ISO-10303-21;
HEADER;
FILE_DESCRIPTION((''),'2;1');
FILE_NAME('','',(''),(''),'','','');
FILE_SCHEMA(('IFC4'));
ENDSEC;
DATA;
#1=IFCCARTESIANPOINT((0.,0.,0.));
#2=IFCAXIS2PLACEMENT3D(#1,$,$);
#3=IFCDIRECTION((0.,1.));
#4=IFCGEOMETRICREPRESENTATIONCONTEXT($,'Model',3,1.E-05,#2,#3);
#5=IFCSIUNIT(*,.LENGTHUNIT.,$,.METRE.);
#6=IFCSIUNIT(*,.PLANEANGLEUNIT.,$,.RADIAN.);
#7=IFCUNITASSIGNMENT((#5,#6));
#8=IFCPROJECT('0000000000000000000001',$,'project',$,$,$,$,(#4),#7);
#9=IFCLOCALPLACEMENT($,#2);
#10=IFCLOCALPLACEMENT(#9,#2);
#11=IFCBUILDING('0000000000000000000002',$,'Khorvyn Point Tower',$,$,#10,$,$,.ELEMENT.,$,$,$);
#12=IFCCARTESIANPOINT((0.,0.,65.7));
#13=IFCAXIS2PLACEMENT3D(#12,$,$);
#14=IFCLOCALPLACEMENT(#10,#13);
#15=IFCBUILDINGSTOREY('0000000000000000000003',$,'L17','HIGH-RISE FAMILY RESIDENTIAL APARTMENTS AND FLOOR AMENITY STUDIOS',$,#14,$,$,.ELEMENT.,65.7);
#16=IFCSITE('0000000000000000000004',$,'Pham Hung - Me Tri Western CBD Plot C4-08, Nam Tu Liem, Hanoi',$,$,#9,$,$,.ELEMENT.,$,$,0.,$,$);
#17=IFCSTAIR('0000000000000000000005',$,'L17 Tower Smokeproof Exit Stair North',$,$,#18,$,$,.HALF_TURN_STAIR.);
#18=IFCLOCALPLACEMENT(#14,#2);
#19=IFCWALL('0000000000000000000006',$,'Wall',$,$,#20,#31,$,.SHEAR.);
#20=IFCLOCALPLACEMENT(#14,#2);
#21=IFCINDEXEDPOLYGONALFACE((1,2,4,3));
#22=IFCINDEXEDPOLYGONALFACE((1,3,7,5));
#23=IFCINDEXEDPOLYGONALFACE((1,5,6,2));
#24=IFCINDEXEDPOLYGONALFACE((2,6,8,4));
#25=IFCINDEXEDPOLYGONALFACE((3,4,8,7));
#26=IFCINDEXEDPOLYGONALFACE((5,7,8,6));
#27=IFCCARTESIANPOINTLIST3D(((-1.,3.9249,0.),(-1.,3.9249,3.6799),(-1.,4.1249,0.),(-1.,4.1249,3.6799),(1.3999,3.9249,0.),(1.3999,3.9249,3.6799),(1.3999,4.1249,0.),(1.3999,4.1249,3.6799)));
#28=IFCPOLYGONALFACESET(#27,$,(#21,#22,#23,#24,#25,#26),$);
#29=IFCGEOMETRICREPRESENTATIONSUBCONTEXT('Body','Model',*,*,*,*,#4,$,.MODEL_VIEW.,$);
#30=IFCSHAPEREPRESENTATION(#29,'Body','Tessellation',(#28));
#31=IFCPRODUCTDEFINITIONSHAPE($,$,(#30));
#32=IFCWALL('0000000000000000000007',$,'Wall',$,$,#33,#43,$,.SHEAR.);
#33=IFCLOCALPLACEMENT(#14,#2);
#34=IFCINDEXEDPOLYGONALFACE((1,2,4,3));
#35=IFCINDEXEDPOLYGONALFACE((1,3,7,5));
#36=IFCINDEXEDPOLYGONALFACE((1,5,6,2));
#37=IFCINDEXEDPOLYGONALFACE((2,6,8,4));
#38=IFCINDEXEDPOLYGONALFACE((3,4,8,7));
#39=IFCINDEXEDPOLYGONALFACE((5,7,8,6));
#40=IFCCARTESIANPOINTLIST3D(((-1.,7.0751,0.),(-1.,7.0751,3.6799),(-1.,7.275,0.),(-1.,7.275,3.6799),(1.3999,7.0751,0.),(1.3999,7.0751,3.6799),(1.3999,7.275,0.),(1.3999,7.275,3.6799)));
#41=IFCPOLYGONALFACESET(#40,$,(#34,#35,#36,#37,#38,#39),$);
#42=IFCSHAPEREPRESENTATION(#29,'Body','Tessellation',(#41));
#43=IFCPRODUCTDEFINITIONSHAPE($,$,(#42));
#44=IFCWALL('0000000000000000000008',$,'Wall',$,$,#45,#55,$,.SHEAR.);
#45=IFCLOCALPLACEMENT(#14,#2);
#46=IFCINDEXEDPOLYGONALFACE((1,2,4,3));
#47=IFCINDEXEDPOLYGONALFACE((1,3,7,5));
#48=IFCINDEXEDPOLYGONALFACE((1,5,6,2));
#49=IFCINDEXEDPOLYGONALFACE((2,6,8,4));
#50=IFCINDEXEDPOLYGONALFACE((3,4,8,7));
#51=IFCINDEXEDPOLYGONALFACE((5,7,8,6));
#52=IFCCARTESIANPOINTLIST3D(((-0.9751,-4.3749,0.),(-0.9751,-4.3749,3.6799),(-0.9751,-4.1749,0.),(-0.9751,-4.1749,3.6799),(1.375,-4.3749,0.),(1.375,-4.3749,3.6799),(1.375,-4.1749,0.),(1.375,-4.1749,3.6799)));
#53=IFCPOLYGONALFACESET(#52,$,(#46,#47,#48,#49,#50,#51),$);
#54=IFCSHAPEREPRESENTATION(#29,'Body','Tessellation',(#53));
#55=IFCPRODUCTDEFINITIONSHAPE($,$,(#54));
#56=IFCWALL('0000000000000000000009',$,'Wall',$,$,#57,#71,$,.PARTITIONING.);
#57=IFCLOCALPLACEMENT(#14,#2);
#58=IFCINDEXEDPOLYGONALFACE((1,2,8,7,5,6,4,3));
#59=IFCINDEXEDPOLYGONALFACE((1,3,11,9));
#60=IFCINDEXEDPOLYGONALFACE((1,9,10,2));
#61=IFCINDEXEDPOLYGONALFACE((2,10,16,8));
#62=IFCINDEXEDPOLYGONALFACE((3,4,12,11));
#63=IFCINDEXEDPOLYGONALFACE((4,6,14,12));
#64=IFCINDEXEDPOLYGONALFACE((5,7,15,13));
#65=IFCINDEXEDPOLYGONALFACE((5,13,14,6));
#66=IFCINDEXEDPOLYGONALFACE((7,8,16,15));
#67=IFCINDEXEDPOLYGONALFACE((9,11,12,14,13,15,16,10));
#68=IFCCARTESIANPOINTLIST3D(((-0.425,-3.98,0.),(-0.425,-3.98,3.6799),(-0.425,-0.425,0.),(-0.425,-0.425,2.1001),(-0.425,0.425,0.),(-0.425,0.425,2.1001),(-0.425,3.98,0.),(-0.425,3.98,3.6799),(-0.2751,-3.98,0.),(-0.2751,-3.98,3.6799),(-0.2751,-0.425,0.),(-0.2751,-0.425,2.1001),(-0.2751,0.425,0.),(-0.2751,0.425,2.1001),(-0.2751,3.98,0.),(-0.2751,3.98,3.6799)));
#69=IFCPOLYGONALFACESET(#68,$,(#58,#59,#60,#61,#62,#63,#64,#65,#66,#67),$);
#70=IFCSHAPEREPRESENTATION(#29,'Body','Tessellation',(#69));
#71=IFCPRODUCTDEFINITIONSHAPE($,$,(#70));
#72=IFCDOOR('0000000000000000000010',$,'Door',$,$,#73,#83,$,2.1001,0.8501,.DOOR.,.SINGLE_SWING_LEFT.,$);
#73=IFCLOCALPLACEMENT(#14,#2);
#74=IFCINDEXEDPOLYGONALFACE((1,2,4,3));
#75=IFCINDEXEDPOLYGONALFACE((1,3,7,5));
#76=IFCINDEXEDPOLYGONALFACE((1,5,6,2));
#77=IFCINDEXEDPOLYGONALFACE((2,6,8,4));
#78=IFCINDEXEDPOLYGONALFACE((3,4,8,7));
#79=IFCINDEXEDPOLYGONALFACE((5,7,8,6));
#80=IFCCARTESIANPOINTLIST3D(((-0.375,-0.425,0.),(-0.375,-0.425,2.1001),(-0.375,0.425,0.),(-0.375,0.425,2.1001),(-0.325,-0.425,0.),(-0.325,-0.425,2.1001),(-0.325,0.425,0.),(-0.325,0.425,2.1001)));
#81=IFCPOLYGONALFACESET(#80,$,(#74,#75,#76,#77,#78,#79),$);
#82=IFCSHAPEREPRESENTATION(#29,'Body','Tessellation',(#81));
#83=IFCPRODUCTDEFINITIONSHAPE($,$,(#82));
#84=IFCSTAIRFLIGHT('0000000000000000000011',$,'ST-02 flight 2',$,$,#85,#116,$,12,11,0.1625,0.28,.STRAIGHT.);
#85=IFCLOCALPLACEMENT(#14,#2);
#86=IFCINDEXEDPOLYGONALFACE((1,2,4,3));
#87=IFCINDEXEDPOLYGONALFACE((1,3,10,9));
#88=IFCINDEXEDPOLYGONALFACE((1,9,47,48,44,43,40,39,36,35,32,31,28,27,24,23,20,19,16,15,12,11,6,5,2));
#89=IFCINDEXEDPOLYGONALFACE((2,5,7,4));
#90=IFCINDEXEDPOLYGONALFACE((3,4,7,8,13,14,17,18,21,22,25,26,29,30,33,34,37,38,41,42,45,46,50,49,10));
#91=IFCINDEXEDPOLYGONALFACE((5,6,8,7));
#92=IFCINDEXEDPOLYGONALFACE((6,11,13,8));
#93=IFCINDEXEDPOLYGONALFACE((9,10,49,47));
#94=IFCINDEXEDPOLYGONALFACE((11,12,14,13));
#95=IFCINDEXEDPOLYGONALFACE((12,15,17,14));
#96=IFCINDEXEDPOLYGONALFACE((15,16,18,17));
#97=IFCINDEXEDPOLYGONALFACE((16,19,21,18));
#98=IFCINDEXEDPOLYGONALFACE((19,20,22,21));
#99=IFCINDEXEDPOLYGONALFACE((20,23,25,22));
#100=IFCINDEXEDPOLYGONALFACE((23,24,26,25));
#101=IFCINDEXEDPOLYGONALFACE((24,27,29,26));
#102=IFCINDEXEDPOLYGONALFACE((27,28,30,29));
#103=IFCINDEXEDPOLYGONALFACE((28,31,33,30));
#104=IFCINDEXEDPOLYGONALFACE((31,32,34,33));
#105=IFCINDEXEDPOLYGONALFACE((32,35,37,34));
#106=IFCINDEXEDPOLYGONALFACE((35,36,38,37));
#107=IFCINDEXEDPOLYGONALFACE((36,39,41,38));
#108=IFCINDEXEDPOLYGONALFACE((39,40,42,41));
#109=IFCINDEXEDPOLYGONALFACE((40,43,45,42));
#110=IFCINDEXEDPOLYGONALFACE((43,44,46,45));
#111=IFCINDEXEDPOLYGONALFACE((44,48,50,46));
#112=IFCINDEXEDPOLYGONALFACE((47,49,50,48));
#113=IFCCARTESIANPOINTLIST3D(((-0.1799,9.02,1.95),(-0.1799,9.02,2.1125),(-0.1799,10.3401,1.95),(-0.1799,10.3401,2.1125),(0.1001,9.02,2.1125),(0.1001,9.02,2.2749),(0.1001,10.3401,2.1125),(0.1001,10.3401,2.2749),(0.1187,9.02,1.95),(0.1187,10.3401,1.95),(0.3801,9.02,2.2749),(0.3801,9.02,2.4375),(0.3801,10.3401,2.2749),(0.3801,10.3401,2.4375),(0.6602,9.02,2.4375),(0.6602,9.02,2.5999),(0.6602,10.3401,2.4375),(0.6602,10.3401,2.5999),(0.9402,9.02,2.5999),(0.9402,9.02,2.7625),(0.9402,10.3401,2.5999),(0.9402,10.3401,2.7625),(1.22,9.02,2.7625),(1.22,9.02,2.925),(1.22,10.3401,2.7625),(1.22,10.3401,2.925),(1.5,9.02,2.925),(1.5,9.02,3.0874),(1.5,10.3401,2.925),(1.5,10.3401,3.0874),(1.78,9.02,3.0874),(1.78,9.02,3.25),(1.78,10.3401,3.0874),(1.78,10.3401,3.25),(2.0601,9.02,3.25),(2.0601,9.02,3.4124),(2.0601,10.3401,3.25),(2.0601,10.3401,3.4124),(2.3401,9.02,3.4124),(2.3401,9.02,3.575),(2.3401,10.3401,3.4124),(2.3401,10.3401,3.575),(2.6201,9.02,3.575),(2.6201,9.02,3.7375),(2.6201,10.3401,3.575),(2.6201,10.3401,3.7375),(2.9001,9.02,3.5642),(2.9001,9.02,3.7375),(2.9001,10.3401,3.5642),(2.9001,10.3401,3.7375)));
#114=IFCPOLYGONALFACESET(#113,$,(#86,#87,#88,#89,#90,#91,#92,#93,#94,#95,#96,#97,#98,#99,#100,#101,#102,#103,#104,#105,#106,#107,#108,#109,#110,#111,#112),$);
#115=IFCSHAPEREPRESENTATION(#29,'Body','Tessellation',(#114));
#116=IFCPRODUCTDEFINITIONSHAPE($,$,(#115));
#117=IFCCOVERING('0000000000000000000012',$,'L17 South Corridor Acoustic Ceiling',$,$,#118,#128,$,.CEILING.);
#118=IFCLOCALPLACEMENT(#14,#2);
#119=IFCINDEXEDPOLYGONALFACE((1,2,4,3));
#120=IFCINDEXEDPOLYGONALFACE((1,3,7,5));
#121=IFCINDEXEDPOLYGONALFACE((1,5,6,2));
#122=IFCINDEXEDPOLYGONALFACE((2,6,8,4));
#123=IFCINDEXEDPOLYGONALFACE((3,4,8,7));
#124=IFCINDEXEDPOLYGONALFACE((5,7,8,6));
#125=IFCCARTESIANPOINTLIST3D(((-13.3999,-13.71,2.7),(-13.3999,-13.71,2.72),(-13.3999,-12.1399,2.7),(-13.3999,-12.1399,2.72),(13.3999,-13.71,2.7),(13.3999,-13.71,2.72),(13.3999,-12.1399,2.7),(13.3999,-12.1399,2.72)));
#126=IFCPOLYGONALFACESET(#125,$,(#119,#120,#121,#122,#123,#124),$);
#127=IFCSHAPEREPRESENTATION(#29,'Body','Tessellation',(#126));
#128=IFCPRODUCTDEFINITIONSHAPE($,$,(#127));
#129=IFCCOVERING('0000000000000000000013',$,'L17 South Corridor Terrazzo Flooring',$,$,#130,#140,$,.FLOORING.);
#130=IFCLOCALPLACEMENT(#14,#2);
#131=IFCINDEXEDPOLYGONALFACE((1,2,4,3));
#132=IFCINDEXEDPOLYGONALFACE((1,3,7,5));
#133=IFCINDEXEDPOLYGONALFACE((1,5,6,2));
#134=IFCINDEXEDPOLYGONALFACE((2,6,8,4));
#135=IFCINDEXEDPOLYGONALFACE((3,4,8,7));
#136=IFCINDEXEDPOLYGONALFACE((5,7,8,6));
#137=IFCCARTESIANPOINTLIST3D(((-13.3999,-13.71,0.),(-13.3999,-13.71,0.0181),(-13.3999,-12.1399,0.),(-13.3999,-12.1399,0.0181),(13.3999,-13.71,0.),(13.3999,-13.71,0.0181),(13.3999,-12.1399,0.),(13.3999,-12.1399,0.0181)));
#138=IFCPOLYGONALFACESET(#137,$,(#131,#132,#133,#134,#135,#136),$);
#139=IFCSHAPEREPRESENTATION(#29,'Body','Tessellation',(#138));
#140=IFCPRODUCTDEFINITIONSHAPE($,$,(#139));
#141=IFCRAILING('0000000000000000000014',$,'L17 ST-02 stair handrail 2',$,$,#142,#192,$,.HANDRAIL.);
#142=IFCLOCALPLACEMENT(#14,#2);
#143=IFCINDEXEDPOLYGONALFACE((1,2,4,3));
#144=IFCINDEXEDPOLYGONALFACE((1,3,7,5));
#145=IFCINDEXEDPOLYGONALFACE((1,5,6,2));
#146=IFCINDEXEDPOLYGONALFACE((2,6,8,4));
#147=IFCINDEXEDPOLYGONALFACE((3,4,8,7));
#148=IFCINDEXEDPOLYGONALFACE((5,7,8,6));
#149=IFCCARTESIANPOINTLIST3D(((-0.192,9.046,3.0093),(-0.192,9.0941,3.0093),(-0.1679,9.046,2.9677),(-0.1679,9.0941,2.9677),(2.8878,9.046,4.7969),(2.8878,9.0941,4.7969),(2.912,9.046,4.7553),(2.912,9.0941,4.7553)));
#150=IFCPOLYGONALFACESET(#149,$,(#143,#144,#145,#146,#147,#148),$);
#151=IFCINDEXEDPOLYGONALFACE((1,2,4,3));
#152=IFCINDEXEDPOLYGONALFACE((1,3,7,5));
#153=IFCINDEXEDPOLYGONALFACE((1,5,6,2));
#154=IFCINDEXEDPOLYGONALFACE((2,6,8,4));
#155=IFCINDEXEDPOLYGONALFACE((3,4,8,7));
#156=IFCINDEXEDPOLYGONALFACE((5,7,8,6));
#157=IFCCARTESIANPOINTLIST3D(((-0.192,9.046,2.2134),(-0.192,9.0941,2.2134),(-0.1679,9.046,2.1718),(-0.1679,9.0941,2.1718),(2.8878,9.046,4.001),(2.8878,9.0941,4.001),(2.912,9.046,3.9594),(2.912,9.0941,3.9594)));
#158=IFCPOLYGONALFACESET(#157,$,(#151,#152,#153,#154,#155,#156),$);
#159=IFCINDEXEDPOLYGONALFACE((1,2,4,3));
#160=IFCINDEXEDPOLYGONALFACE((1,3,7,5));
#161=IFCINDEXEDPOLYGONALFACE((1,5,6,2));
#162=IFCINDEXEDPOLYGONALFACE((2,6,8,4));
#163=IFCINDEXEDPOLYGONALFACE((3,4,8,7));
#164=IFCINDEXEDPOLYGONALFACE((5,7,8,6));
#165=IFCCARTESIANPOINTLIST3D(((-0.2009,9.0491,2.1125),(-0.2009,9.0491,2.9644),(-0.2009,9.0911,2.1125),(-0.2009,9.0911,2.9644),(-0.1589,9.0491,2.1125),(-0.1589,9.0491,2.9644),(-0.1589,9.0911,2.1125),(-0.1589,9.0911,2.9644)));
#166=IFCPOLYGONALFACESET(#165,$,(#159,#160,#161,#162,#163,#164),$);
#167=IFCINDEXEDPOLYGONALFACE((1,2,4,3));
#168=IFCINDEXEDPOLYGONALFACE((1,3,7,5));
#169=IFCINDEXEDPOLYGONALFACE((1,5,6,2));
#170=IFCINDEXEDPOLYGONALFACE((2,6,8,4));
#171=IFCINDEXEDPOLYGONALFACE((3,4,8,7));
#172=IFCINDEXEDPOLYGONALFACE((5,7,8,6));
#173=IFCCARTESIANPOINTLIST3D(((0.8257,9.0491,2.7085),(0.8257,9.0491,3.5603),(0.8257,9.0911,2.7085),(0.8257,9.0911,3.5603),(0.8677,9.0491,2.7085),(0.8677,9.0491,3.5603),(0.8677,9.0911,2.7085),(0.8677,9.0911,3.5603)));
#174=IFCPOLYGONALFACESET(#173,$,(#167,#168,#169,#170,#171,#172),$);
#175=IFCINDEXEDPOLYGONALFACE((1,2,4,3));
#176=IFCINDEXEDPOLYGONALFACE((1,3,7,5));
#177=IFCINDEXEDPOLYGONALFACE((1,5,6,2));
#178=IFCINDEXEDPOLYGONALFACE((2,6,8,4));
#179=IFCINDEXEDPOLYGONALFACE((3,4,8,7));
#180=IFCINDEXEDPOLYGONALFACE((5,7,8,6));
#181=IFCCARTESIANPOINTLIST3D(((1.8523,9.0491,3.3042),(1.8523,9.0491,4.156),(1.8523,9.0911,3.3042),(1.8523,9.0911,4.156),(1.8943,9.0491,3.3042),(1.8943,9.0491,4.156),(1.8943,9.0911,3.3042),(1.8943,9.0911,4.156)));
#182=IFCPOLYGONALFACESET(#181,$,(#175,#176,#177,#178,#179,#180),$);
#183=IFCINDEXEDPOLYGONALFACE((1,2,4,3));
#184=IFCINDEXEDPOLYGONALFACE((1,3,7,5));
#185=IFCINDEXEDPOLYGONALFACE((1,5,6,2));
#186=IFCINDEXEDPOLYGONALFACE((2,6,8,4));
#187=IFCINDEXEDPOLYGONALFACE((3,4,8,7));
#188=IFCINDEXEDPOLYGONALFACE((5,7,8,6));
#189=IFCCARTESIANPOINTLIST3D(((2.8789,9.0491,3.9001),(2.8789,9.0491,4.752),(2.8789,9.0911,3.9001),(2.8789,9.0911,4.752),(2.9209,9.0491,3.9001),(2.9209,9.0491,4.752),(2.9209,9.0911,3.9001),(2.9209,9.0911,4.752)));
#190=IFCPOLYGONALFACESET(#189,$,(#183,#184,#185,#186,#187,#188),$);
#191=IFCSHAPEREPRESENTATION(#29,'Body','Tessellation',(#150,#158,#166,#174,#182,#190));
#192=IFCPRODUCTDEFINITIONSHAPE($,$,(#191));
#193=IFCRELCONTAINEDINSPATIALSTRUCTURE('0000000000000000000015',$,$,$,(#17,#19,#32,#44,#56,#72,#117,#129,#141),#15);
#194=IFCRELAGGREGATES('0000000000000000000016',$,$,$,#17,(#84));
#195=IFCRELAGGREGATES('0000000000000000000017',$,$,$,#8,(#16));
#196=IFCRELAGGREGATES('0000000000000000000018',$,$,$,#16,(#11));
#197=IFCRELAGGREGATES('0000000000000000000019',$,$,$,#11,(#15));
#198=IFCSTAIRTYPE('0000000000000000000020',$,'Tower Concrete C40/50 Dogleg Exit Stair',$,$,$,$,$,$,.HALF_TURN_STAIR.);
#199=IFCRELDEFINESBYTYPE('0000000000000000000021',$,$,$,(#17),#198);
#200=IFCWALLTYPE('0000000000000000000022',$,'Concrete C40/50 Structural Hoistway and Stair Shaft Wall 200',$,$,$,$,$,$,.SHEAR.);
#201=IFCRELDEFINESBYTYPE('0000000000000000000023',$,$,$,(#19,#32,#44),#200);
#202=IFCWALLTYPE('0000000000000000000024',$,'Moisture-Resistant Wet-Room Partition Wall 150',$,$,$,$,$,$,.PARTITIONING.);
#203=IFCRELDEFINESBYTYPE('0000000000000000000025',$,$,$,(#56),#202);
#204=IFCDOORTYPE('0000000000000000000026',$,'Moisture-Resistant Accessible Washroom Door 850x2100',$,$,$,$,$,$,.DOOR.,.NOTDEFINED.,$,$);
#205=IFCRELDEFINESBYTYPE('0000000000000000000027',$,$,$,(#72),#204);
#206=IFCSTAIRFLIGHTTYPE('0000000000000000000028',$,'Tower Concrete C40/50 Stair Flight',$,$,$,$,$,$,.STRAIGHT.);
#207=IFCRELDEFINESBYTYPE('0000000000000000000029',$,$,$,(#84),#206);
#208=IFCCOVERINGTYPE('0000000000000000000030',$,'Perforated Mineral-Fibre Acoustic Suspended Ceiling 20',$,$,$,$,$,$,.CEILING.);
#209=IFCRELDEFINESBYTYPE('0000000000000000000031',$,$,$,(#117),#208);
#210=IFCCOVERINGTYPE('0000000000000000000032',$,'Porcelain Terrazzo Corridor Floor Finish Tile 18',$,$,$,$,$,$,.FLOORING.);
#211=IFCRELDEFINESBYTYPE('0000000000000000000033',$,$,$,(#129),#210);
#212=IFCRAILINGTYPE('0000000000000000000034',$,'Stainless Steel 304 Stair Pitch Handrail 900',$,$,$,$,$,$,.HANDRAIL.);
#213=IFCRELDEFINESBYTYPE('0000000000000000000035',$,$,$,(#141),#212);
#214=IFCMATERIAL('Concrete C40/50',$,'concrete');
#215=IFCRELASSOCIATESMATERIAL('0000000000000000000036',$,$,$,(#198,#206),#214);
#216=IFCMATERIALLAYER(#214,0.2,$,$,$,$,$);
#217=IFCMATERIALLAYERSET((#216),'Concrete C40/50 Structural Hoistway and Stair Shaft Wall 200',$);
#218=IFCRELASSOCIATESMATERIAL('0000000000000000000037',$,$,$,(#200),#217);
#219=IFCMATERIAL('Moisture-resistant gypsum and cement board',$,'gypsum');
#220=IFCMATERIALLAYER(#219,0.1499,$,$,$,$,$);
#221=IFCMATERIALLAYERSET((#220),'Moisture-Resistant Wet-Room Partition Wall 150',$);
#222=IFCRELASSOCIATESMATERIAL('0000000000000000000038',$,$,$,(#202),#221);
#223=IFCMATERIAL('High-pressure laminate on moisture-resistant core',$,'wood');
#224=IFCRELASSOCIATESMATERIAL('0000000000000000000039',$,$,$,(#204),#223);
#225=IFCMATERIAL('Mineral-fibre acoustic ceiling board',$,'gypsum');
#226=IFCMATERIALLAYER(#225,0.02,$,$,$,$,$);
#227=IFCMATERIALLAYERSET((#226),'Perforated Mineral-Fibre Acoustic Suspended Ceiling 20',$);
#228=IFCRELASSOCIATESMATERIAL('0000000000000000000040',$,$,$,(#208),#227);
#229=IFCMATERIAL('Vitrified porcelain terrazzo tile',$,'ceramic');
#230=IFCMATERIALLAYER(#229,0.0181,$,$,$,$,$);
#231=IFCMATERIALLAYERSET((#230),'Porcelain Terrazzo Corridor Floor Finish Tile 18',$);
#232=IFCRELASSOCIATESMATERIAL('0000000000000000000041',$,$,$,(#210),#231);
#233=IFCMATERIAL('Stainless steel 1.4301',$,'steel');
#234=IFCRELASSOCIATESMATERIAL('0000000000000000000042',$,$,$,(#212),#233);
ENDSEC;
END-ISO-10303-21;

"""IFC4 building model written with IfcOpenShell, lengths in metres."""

from ifc_helpers import new_model, si_unit, direction, frame, frame_2d, origin, origin_2d, place, context, subcontext, project, spatial, polyline, rectangle, outline, extrude, material, layer, layer_set, type_object, element, fill, aggregate, save


model = new_model("IFC4")

# Units and contexts
model_context = context("Model", 3, precision=1e-05, world=origin(), true_north=direction((0.0, 1.0)))
body_context = subcontext(model_context, "Body", "Model", "MODEL_VIEW")
ifc_project = project(units=[si_unit("LENGTHUNIT", "METRE"), si_unit("PLANEANGLEUNIT", "RADIAN")], contexts=[model_context])

# Site, building, storey
site_placement = place(None, origin())
site = spatial("IfcSite", under=ifc_project, at=site_placement, Name="Pham Hung - Me Tri Western CBD Plot C4-08, Nam Tu Liem, Hanoi", CompositionType="ELEMENT", RefElevation=0.0)
building_placement = place(site_placement, origin())
building = spatial("IfcBuilding", under=site, at=building_placement, Name="Khorvyn Point Tower", CompositionType="ELEMENT")
storey_placement = place(building_placement, frame((0.0, 0.0, 65.7)))
storey = spatial("IfcBuildingStorey", under=building, at=storey_placement, Name="L17", Description="HIGH-RISE FAMILY RESIDENTIAL APARTMENTS AND FLOOR AMENITY STUDIOS", CompositionType="ELEMENT", Elevation=65.7)

# Shared definitions
ifc_material_1 = material(Name="Concrete C40/50", Category="concrete")

# Stair
stair_type = type_object("IfcStairType", Name="Tower Concrete C40/50 Dogleg Exit Stair", PredefinedType="HALF_TURN_STAIR", material=ifc_material_1)
stair_1_placement = place(storey_placement, origin())
stair_1 = element("IfcStair", 1, at=stair_1_placement, inside=storey, type_object=stair_type, Name="L17 Tower Smokeproof Exit Stair North", PredefinedType="HALF_TURN_STAIR")

# Shared definitions
ifc_layer_1 = layer(ifc_material_1, 0.2)
ifc_layer_set_1 = layer_set([ifc_layer_1], Name="Concrete C40/50 Structural Hoistway and Stair Shaft Wall 200")
wall_type_1 = type_object("IfcWallType", Name="Concrete C40/50 Structural Hoistway and Stair Shaft Wall 200", PredefinedType="SHEAR", material=ifc_layer_set_1)

# Shared definitions
ifc_material_2 = material(Name="Stainless steel 1.4301", Category="steel")

# Walls
for number, where, z_axis, x_axis, name in (
    (2, (-1.0, 4.0249, 0.0), (0.0, 0.0, 1.0), (1.0, 0.0, 0.0), "Wall"),
    (3, (-1.0, 7.175, 0.0), (0.0, 0.0, 1.0), (1.0, 0.0, 0.0), "Wall"),
):
    element("IfcWall", number, at=place(storey_placement, frame(where, z_axis=z_axis, x_axis=x_axis)), inside=storey, type_object=wall_type_1, Name=name, PredefinedType="SHEAR", context=body_context, shape_type="SweptSolid", body=[
        extrude(rectangle(XDim=2.3999, YDim=0.2, at=frame_2d((1.2, 0.0))), origin(), (0.0, 0.0, 1.0), 3.6799),
    ])
wall_1_placement = place(storey_placement, frame((-0.9751, -4.2749, 0.0), z_axis=(0.0, 0.0, 1.0), x_axis=(1.0, 0.0, 0.0)))
element("IfcWall", 4, at=wall_1_placement, inside=storey, type_object=wall_type_1, Name="Wall", PredefinedType="SHEAR", context=body_context, shape_type="SweptSolid", body=[
    extrude(rectangle(XDim=2.3501, YDim=0.2, at=frame_2d((1.175, 0.0))), origin(), (0.0, 0.0, 1.0), 3.6799),
])

# Wall, opening, door
ifc_material_3 = material(Name="Moisture-resistant gypsum and cement board", Category="gypsum")
ifc_layer_2 = layer(ifc_material_3, 0.1499)
ifc_layer_set_2 = layer_set([ifc_layer_2], Name="Moisture-Resistant Wet-Room Partition Wall 150")
wall_type_2 = type_object("IfcWallType", Name="Moisture-Resistant Wet-Room Partition Wall 150", PredefinedType="PARTITIONING", material=ifc_layer_set_2)
wall_2_placement = place(storey_placement, frame((-0.3501, -3.98, 0.0), z_axis=(0.0, 0.0, 1.0), x_axis=(0.0, 1.0, 0.0)))
wall_2 = element("IfcWall", 5, at=wall_2_placement, inside=storey, type_object=wall_type_2, Name="Wall", PredefinedType="PARTITIONING", context=body_context, shape_type="SweptSolid", body=[
    extrude(rectangle(XDim=7.96, YDim=0.1499, at=frame_2d((3.98, 0.0))), origin(), (0.0, 0.0, 1.0), 3.6799),
])
opening_1_placement = place(wall_2_placement, frame((3.5549, 0.0, 0.0)))
opening_1 = element("IfcOpeningElement", 6, at=opening_1_placement, cuts=wall_2, PredefinedType="OPENING", context=body_context, shape_type="SweptSolid", body=[
    extrude(rectangle(XDim=0.8501, YDim=2.1001, at=frame_2d((0.425, 1.05))), frame((0.0, 0.085, 0.0), z_axis=(0.0, -1.0, 0.0), x_axis=(1.0, 0.0, 0.0)), (0.0, 0.0, 1.0), 0.1699),
])
ifc_material_4 = material(Name="High-pressure laminate on moisture-resistant core", Category="wood")
door_type_1 = type_object("IfcDoorType", Name="Moisture-Resistant Accessible Washroom Door 850x2100", OperationType="NOTDEFINED", PredefinedType="DOOR", material=ifc_material_4)
door_1_placement = place(opening_1_placement, origin())
door_1 = element("IfcDoor", 7, at=door_1_placement, inside=storey, type_object=door_type_1, Name="Door", OperationType="SINGLE_SWING_LEFT", OverallHeight=2.1001, OverallWidth=0.8501, PredefinedType="DOOR", context=body_context, shape_type="SweptSolid", body=[
    extrude(rectangle(XDim=0.8501, YDim=2.1001, at=frame_2d((0.425, 1.05))), frame((0.0, 0.0249, 0.0), z_axis=(0.0, -1.0, 0.0), x_axis=(1.0, 0.0, 0.0)), (0.0, 0.0, 1.0), 0.05),
])
fill(opening_1, door_1)

# Stair flight
stair_flight_type = type_object("IfcStairFlightType", Name="Tower Concrete C40/50 Stair Flight", PredefinedType="STRAIGHT", material=ifc_material_1)
stair_flight_placement = place(storey_placement, frame((-0.1799, 9.6799, 1.95), z_axis=(0.0, 0.0, 1.0), x_axis=(1.0, 0.0, 0.0)))
stair_flight = element("IfcStairFlight", 8, at=stair_flight_placement, type_object=stair_flight_type, Name="ST-02 flight 2", NumberOfRisers=12, NumberOfTreads=11, PredefinedType="STRAIGHT", RiserHeight=0.1625, TreadLength=0.28, context=body_context, shape_type="SweptSolid", body=[
    extrude(outline(polyline([(0.0, 0.0), (0.0, 0.1626), (0.28, 0.1626), (0.28, 0.325), (0.5601, 0.325), (0.5601, 0.4875), (0.8401, 0.4875), (0.8401, 0.6499), (1.1201, 0.6499), (1.1201, 0.8125), (1.3999, 0.8125), (1.3999, 0.9751), (1.6799, 0.9751), (1.6799, 1.1375), (1.96, 1.1375), (1.96, 1.3), (2.24, 1.3), (2.24, 1.4624), (2.52, 1.4624), (2.52, 1.625), (2.8, 1.625), (2.8, 1.7876), (3.0801, 1.7876), (3.0801, 1.95), (3.0801, 1.6143), (0.2986, 0.0), (0.0, 0.0)])), frame((0.0, 0.6602, 0.0), z_axis=(0.0, -1.0, 0.0), x_axis=(1.0, 0.0, 0.0)), (0.0, 0.0, 1.0), 1.3201),
])
aggregate(stair_1, [stair_flight])

# Coverings
ifc_material_5 = material(Name="Mineral-fibre acoustic ceiling board", Category="gypsum")
ifc_layer_3 = layer(ifc_material_5, 0.02)
ifc_layer_set_3 = layer_set([ifc_layer_3], Name="Perforated Mineral-Fibre Acoustic Suspended Ceiling 20")
covering_type_1 = type_object("IfcCoveringType", Name="Perforated Mineral-Fibre Acoustic Suspended Ceiling 20", PredefinedType="CEILING", material=ifc_layer_set_3)
covering_1_placement = place(storey_placement, frame((0.0, 0.0, 2.7)))
element("IfcCovering", 9, at=covering_1_placement, inside=storey, type_object=covering_type_1, Name="L17 South Corridor Acoustic Ceiling", PredefinedType="CEILING", context=body_context, shape_type="SweptSolid", body=[
    extrude(outline(polyline([(-13.3999, -13.71), (13.3999, -13.71), (13.3999, -12.1399), (-13.3999, -12.1399), (-13.3999, -13.71)])), origin(), (0.0, 0.0, 1.0), 0.02),
])
ifc_material_6 = material(Name="Vitrified porcelain terrazzo tile", Category="ceramic")
ifc_layer_4 = layer(ifc_material_6, 0.0181)
ifc_layer_set_4 = layer_set([ifc_layer_4], Name="Porcelain Terrazzo Corridor Floor Finish Tile 18")
covering_type_2 = type_object("IfcCoveringType", Name="Porcelain Terrazzo Corridor Floor Finish Tile 18", PredefinedType="FLOORING", material=ifc_layer_set_4)
covering_2_placement = place(storey_placement, origin())
element("IfcCovering", 10, at=covering_2_placement, inside=storey, type_object=covering_type_2, Name="L17 South Corridor Terrazzo Flooring", PredefinedType="FLOORING", context=body_context, shape_type="SweptSolid", body=[
    extrude(outline(polyline([(-13.3999, -13.71), (13.3999, -13.71), (13.3999, -12.1399), (-13.3999, -12.1399), (-13.3999, -13.71)])), origin(), (0.0, 0.0, 1.0), 0.0181),
])

# Railing
railing_type_1 = type_object("IfcRailingType", Name="Stainless Steel 304 Stair Pitch Handrail 900", PredefinedType="HANDRAIL", material=ifc_material_2)
railing_1_placement = place(storey_placement, frame((-0.1799, 9.0701, 2.1125)))
element("IfcRailing", 11, at=railing_1_placement, inside=storey, type_object=railing_type_1, Name="L17 ST-02 stair handrail 2", PredefinedType="HANDRAIL", context=body_context, shape_type="SweptSolid", body=[
    extrude(rectangle(XDim=0.0481, YDim=0.0481, at=origin_2d()), frame((0.0, 0.0, 0.876), z_axis=(0.864873, 0.0, 0.50199), x_axis=(0.0, 1.0, 0.0)), (0.0, 0.0, 1.0), 3.561),
    extrude(rectangle(XDim=0.0481, YDim=0.0481, at=origin_2d()), frame((0.0, 0.0, 0.0801), z_axis=(0.864873, 0.0, 0.50199), x_axis=(0.0, 1.0, 0.0)), (0.0, 0.0, 1.0), 3.561),
    extrude(rectangle(XDim=0.042, YDim=0.042, at=origin_2d()), origin(), (0.0, 0.0, 1.0), 0.8518),
    extrude(rectangle(XDim=0.042, YDim=0.042, at=origin_2d()), frame((1.0266, 0.0, 0.5959)), (0.0, 0.0, 1.0), 0.8518),
    extrude(rectangle(XDim=0.042, YDim=0.042, at=origin_2d()), frame((2.0532, 0.0, 1.1917)), (0.0, 0.0, 1.0), 0.8518),
    extrude(rectangle(XDim=0.042, YDim=0.042, at=origin_2d()), frame((3.0798, 0.0, 1.7876)), (0.0, 0.0, 1.0), 0.8518),
])

save(model, "model.ifc")
